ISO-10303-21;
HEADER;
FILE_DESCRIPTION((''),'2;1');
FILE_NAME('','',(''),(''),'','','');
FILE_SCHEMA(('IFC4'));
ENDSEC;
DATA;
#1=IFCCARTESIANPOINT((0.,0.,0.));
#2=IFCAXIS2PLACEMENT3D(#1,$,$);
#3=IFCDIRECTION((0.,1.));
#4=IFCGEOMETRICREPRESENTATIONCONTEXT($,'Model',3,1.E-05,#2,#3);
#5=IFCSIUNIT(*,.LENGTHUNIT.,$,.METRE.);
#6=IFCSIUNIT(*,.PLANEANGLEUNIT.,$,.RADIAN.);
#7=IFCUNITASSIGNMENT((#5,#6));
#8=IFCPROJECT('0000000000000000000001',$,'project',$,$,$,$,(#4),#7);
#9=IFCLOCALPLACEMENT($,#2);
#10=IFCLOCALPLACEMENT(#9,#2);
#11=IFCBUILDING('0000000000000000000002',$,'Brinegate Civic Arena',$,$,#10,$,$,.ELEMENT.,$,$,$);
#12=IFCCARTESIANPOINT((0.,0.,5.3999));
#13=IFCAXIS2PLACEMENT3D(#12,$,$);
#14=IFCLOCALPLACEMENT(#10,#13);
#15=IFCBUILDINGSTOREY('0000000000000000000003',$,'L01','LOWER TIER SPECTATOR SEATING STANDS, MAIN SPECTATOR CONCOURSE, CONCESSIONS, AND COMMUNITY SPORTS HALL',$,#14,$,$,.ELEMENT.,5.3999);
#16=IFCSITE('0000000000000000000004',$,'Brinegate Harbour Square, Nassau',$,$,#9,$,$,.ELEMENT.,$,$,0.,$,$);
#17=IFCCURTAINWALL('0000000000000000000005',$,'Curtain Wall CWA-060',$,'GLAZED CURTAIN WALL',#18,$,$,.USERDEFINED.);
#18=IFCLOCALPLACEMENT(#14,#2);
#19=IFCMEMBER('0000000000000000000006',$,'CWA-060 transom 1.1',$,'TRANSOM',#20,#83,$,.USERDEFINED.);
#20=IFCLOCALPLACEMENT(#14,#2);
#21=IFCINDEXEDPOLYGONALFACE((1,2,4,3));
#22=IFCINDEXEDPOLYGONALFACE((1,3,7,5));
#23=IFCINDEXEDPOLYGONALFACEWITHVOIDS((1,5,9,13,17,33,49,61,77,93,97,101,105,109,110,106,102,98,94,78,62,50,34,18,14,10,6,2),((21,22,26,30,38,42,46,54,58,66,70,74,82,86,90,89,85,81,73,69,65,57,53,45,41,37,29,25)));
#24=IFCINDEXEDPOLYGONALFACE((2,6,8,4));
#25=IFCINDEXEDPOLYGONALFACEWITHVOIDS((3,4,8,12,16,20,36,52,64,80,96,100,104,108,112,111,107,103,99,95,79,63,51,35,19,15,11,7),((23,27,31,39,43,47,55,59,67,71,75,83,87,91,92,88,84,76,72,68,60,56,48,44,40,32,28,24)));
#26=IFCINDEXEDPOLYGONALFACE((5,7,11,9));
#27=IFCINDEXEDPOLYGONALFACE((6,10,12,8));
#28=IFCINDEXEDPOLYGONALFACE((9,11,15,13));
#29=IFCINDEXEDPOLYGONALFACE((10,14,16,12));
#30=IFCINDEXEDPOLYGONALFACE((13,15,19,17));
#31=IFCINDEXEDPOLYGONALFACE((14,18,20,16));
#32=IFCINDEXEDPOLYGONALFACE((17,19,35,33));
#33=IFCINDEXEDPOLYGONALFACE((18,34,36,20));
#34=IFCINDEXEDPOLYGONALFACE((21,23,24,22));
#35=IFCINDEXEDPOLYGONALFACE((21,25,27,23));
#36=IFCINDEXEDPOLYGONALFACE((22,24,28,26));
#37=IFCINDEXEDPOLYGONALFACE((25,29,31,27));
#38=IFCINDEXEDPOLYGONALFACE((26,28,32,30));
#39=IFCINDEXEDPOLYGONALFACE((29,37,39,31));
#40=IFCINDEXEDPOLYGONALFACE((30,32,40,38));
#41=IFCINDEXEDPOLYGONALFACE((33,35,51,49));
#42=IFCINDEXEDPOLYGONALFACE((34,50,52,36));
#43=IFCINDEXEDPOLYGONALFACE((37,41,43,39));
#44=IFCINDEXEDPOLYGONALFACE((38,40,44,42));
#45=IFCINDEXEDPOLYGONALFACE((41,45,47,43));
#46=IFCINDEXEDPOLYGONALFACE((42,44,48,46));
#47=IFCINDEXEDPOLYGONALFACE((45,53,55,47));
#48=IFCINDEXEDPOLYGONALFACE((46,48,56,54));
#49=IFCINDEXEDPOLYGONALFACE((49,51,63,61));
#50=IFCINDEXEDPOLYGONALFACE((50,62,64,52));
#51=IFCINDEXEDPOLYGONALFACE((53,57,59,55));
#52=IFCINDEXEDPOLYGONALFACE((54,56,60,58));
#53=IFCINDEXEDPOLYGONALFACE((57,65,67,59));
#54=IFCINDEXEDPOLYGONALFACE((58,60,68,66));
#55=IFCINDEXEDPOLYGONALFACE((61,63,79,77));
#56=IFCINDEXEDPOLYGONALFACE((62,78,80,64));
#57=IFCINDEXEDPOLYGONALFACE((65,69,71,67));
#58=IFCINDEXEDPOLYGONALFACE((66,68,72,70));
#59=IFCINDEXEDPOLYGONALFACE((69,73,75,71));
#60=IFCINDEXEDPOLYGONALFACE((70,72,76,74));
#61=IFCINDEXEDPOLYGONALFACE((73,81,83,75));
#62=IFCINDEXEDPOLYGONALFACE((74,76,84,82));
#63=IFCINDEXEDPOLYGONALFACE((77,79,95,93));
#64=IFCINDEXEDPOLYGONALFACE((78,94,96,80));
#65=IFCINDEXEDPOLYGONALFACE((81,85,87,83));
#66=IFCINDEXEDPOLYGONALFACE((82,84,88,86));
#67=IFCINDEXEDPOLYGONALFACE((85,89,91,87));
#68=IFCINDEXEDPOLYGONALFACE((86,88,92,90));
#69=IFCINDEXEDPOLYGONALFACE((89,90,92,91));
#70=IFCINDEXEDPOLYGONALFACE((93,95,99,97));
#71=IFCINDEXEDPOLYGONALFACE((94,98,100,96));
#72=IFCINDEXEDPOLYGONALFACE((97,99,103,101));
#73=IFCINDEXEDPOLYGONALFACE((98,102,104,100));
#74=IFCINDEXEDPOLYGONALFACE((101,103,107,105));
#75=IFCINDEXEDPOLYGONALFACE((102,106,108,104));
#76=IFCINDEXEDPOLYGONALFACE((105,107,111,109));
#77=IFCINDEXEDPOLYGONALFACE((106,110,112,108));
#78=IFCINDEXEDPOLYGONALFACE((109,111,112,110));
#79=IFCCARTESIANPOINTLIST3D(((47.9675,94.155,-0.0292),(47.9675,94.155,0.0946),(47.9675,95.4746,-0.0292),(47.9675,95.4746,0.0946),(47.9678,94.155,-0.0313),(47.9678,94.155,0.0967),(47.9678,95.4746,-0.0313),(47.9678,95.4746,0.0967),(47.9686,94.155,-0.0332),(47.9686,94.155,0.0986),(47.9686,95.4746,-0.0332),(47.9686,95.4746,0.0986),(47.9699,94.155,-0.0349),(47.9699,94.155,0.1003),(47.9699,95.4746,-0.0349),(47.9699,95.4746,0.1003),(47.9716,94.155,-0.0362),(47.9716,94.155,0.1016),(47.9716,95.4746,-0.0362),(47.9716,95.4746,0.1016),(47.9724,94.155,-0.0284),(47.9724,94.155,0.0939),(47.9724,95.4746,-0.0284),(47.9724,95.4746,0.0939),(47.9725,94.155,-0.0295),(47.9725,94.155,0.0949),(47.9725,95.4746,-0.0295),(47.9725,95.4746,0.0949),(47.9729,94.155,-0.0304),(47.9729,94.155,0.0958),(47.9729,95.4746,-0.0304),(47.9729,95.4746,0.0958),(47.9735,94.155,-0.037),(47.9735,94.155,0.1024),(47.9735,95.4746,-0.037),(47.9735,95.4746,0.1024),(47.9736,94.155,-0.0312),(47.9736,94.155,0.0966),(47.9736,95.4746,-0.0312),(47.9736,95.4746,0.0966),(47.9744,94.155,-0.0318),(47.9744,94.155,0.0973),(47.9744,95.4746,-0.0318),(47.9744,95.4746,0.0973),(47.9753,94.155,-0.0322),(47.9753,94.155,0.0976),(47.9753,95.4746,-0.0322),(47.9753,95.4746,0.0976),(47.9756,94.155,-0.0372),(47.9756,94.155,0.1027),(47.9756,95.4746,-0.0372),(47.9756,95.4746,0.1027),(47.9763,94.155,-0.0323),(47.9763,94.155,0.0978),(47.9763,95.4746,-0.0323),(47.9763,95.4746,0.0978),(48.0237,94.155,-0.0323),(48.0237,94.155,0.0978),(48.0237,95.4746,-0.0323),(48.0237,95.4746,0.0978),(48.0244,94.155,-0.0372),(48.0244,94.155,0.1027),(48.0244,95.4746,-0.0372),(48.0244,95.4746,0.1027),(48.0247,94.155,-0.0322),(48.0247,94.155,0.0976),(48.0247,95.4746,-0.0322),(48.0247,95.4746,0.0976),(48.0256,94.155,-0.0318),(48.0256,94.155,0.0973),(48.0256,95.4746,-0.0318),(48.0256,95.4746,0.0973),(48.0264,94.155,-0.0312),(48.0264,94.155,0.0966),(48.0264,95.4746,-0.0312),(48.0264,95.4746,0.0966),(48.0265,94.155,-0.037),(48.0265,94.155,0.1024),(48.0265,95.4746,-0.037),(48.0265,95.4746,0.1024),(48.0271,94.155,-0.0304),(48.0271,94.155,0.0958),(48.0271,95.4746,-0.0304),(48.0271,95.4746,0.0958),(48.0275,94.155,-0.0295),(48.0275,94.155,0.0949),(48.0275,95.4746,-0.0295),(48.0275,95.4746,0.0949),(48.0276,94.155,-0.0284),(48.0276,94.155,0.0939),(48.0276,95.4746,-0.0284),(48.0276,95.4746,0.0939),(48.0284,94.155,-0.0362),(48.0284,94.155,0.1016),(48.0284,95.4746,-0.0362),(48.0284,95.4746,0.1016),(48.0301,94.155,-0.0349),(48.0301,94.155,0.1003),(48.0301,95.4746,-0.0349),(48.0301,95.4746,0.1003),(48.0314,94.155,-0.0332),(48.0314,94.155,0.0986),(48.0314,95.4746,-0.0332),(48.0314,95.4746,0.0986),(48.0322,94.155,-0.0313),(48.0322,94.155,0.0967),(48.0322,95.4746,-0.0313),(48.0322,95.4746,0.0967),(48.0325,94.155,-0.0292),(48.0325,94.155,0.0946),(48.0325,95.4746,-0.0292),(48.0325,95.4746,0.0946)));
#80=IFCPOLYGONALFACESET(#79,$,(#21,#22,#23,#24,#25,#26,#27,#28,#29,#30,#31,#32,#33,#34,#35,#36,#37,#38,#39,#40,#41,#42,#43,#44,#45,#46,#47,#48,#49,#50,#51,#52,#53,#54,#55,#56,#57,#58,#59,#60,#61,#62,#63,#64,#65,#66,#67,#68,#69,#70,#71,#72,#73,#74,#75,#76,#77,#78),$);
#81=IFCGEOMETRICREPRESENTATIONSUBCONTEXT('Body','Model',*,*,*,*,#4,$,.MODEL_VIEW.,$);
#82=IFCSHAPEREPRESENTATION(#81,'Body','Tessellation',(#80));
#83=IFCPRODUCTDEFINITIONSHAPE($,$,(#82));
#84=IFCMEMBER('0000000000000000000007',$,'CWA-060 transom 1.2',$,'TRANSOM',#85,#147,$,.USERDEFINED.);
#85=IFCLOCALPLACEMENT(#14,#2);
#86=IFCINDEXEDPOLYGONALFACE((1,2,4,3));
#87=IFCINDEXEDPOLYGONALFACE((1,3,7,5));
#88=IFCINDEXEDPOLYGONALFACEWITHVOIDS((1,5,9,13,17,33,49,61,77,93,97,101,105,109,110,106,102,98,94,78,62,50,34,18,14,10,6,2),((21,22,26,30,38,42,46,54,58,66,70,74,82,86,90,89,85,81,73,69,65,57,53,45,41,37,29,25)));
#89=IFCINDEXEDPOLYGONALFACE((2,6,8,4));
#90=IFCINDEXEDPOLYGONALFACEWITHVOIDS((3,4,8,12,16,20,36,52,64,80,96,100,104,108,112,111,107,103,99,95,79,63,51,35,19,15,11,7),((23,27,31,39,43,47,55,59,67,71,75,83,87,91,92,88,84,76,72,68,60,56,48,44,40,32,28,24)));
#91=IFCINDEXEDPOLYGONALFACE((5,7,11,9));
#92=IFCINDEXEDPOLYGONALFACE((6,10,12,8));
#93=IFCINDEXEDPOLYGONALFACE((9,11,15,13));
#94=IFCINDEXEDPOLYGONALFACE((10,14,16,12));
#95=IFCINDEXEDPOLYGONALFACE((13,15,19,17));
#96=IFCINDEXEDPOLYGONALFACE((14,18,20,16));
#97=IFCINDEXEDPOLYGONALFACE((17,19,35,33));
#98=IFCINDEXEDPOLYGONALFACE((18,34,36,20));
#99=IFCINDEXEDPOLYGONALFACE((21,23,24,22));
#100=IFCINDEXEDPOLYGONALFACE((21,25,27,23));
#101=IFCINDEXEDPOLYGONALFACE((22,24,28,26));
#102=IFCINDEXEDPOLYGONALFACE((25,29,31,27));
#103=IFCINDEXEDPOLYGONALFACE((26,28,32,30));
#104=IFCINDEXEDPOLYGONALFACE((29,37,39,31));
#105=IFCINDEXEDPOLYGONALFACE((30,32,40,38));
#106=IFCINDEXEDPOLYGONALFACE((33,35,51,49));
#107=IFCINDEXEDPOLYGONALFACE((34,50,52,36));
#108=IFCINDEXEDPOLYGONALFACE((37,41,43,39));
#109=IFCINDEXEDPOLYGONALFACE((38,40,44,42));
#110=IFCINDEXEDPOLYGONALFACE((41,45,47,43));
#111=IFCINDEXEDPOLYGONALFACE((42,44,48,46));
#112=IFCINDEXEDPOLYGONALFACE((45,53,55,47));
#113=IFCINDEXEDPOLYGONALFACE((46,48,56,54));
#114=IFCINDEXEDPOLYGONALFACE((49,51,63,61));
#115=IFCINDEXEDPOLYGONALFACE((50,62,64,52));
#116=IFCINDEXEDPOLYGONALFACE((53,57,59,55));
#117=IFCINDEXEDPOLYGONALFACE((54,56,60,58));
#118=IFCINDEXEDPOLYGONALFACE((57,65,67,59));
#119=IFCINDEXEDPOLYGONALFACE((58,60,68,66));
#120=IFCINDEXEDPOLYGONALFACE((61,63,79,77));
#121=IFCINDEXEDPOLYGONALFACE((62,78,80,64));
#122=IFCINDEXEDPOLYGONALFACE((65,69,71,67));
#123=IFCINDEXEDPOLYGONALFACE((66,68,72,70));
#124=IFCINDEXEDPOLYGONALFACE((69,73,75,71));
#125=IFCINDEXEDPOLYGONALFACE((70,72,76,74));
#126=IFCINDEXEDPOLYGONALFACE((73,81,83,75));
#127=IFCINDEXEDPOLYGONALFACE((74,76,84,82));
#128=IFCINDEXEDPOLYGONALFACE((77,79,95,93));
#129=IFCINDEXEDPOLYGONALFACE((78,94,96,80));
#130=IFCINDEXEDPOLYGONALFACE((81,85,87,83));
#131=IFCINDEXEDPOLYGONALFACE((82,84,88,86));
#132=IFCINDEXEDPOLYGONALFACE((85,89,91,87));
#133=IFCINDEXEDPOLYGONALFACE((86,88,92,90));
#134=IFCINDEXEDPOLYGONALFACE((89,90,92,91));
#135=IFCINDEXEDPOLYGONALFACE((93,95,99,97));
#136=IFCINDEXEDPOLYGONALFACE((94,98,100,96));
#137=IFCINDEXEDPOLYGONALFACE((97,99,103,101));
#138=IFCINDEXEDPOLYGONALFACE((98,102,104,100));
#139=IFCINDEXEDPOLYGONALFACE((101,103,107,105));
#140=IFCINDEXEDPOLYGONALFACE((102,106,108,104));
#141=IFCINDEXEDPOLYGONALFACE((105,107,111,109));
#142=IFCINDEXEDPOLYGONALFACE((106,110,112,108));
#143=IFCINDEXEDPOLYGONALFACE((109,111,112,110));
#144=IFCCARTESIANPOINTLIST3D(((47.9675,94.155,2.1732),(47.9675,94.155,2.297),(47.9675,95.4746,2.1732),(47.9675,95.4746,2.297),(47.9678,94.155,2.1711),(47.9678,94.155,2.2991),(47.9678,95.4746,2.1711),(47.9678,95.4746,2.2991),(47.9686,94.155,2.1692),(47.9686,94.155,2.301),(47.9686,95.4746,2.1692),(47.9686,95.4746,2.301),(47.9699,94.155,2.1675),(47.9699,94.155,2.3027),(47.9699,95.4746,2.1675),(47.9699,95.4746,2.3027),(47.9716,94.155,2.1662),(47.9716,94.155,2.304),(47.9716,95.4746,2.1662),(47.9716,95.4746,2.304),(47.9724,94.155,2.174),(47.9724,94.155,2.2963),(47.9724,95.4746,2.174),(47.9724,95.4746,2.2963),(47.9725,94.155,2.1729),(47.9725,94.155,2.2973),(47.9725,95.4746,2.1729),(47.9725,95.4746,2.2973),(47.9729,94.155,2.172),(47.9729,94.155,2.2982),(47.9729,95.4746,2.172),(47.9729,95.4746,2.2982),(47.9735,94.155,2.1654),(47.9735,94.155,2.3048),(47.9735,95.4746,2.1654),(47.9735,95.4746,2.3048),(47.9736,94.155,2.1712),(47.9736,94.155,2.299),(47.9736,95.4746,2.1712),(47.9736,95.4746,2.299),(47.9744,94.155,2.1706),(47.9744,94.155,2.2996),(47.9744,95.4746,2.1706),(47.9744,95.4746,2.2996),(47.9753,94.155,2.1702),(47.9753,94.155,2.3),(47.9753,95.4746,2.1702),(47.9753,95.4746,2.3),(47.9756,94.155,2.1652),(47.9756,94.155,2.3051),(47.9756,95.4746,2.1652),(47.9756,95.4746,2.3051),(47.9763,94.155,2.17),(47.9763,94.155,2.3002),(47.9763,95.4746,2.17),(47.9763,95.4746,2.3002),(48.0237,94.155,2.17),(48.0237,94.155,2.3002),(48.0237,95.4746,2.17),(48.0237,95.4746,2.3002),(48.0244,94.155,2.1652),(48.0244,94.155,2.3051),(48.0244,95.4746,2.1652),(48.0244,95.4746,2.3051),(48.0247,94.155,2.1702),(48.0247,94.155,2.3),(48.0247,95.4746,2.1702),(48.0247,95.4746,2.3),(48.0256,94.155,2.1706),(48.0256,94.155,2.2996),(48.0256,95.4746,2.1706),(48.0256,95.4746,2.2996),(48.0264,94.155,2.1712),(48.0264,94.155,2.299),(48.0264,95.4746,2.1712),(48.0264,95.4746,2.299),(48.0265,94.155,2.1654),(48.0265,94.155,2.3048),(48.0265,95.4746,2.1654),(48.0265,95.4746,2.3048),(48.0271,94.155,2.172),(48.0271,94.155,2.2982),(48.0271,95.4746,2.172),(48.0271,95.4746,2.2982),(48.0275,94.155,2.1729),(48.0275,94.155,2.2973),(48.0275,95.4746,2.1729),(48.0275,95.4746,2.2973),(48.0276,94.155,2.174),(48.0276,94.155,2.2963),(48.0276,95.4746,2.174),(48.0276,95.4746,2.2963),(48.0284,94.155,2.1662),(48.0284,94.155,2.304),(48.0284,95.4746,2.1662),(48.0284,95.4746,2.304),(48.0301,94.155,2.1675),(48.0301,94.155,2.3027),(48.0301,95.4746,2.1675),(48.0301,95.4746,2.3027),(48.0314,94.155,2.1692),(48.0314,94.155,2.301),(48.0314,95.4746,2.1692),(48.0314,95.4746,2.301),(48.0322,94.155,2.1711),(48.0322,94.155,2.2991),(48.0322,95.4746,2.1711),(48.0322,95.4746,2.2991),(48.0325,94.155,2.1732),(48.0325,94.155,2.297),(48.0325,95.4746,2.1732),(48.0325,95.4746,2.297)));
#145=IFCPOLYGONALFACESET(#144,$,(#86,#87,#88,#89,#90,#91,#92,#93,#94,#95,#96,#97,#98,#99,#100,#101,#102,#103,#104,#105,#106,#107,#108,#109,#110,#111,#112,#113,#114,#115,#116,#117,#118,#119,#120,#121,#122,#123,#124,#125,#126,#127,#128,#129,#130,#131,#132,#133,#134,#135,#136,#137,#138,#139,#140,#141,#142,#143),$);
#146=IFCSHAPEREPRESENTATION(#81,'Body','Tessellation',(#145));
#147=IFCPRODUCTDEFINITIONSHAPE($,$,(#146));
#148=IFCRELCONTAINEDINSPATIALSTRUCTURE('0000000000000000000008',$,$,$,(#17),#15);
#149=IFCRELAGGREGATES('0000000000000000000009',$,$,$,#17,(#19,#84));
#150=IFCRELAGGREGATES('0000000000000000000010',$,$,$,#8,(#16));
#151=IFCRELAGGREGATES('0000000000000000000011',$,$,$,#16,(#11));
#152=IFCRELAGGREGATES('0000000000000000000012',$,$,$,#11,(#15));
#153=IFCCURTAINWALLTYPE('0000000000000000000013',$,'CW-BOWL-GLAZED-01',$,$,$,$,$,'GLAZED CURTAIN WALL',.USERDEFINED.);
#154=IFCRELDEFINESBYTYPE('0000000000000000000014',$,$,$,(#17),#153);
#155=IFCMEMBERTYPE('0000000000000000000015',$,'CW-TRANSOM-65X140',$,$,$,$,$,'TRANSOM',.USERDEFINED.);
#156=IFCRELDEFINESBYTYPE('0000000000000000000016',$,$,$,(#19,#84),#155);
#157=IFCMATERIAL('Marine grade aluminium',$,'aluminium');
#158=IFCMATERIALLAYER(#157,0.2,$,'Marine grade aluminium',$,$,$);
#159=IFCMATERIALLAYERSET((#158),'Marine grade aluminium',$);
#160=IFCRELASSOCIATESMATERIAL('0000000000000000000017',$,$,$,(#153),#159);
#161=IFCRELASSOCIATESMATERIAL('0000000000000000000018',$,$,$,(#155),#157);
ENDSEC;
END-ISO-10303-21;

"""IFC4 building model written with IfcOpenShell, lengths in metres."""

from ifc_helpers import new_model, si_unit, direction, frame, origin, origin_2d, place, context, subcontext, project, spatial, hollow_rectangle, extrude, material, layer, layer_set, material_profile, profile_set, type_object, element, aggregate, save


model = new_model("IFC4")

# Units and contexts
model_context = context("Model", 3, precision=1e-05, world=origin(), true_north=direction((0.0, 1.0)))
body_context = subcontext(model_context, "Body", "Model", "MODEL_VIEW")
ifc_project = project(units=[si_unit("LENGTHUNIT", "METRE"), si_unit("PLANEANGLEUNIT", "RADIAN")], contexts=[model_context])

# Site, building, storey
site_placement = place(None, origin())
site = spatial("IfcSite", under=ifc_project, at=site_placement, Name="Brinegate Harbour Square, Nassau", CompositionType="ELEMENT", RefElevation=0.0)
building_placement = place(site_placement, origin())
building = spatial("IfcBuilding", under=site, at=building_placement, Name="Brinegate Civic Arena", CompositionType="ELEMENT")
storey_placement = place(building_placement, frame((0.0, 0.0, 5.3999)))
storey = spatial("IfcBuildingStorey", under=building, at=storey_placement, Name="L01", Description="LOWER TIER SPECTATOR SEATING STANDS, MAIN SPECTATOR CONCOURSE, CONCESSIONS, AND COMMUNITY SPORTS HALL", CompositionType="ELEMENT", Elevation=5.3999)

# Curtain wall, members
ifc_material_1 = material(Name="Marine grade aluminium", Category="aluminium")
ifc_layer_1 = layer(ifc_material_1, 0.2, Name="Marine grade aluminium")
ifc_layer_set_1 = layer_set([ifc_layer_1], Name="Marine grade aluminium")
curtain_wall_type = type_object("IfcCurtainWallType", Name="CW-BOWL-GLAZED-01", ElementType="GLAZED CURTAIN WALL", PredefinedType="USERDEFINED", material=ifc_layer_set_1)
curtain_wall_1_placement = place(storey_placement, origin())
curtain_wall_1 = element("IfcCurtainWall", 1, at=curtain_wall_1_placement, inside=storey, type_object=curtain_wall_type, Name="Curtain Wall CWA-060", ObjectType="GLAZED CURTAIN WALL", PredefinedType="USERDEFINED")
ifc_material_profile_1 = material_profile(ifc_material_1, hollow_rectangle(XDim=0.0649, YDim=0.1399, WallThickness=0.0049, InnerFilletRadius=0.0039, OuterFilletRadius=0.0081, at=origin_2d()), Name="TRN65X140")
ifc_profile_set_1 = profile_set([ifc_material_profile_1], Name="Marine grade aluminium")
member_type_1 = type_object("IfcMemberType", Name="CW-TRANSOM-65X140", ElementType="TRANSOM", PredefinedType="USERDEFINED", material=ifc_profile_set_1)
member_1_placement = place(storey_placement, frame((48.0, 94.155, 0.0327), z_axis=(0.0, 1.0, 0.0), x_axis=(-1.0, 0.0, 0.0)))
member_1 = element("IfcMember", 2, at=member_1_placement, type_object=member_type_1, Name="CWA-060 transom 1.1", ObjectType="TRANSOM", PredefinedType="USERDEFINED", context=body_context, shape_type="SweptSolid", body=[
    extrude(hollow_rectangle(XDim=0.0649, YDim=0.1399, WallThickness=0.0049, InnerFilletRadius=0.0039, OuterFilletRadius=0.0081, at=origin_2d()), origin(), (0.0, 0.0, 1.0), 1.3196),
])
member_2_placement = place(storey_placement, frame((48.0, 94.155, 2.2351), z_axis=(0.0, 1.0, 0.0), x_axis=(-1.0, 0.0, 0.0)))
member_2 = element("IfcMember", 3, at=member_2_placement, type_object=member_type_1, Name="CWA-060 transom 1.2", ObjectType="TRANSOM", PredefinedType="USERDEFINED", context=body_context, shape_type="SweptSolid", body=[
    extrude(hollow_rectangle(XDim=0.0649, YDim=0.1399, WallThickness=0.0049, InnerFilletRadius=0.0039, OuterFilletRadius=0.0081, at=origin_2d()), origin(), (0.0, 0.0, 1.0), 1.3196),
])

aggregate(curtain_wall_1, [member_1, member_2])

save(model, "model.ifc")
